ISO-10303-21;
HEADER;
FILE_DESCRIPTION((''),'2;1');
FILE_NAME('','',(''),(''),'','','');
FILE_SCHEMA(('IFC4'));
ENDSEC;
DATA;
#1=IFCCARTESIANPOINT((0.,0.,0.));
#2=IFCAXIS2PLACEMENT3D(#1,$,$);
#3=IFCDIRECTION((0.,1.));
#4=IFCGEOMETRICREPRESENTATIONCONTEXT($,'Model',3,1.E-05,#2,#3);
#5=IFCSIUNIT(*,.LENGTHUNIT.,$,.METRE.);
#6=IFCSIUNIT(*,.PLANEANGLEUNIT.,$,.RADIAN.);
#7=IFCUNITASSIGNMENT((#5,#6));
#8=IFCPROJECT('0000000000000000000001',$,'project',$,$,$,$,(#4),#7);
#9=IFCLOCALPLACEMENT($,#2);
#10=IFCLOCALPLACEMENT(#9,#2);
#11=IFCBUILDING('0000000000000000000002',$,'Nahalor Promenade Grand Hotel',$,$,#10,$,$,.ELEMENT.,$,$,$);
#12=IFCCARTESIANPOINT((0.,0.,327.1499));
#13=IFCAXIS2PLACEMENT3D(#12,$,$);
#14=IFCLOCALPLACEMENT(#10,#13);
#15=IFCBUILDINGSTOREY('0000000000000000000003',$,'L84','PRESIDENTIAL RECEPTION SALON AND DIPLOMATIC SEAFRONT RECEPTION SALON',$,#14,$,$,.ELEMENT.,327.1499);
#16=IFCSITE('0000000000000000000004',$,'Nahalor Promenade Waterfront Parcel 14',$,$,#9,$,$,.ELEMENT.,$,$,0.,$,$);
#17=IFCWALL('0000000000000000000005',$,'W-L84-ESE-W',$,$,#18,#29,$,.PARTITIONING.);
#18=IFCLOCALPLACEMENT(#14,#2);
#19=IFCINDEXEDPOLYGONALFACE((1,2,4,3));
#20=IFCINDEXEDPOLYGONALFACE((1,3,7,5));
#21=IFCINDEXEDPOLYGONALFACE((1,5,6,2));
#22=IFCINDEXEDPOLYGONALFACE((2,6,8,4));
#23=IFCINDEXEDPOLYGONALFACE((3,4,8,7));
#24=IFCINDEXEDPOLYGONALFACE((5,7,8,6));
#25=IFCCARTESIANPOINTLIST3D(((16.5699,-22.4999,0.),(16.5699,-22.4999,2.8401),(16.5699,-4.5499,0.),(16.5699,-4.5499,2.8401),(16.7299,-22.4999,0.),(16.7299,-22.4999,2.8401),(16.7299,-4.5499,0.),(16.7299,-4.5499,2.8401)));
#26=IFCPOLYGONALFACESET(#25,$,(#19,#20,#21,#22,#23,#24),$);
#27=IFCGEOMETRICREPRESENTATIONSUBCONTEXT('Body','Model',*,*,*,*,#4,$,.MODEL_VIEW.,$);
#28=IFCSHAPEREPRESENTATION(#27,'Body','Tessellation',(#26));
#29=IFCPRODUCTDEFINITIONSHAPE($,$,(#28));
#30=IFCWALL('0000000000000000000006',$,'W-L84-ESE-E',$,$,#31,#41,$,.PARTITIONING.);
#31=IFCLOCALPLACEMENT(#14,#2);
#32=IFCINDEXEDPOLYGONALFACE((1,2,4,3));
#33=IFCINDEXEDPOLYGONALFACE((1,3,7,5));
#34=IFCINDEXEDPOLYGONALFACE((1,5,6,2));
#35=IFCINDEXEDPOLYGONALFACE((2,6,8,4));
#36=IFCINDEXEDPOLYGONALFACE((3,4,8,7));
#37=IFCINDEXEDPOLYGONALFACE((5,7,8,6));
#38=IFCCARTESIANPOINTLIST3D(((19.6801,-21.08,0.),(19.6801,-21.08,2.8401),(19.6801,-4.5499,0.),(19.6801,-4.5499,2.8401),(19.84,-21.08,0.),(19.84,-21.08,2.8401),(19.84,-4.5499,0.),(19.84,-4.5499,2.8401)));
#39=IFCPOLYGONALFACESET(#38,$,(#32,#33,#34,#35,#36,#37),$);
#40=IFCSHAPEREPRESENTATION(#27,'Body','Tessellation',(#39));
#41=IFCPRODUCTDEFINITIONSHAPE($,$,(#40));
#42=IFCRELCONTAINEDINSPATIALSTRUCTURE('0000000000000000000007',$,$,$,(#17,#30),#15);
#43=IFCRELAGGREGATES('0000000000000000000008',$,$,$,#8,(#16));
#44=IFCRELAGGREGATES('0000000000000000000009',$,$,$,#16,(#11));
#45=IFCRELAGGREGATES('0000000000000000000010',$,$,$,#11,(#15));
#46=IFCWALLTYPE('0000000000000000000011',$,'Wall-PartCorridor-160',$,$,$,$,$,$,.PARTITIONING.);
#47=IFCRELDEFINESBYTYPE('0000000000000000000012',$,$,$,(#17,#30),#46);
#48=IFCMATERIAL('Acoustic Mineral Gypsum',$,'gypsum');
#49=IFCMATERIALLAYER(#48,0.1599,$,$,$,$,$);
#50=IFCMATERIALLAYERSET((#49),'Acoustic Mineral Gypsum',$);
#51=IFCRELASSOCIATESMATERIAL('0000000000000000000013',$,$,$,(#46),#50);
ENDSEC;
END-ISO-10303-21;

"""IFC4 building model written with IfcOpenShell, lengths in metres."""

from ifc_helpers import new_model, si_unit, direction, frame, frame_2d, origin, place, context, subcontext, project, spatial, rectangle, extrude, source, transform, mapped, material, layer, layer_set, type_object, element, save


model = new_model("IFC4")

# Units and contexts
model_context = context("Model", 3, precision=1e-05, world=origin(), true_north=direction((0.0, 1.0)))
body_context = subcontext(model_context, "Body", "Model", "MODEL_VIEW")
ifc_project = project(units=[si_unit("LENGTHUNIT", "METRE"), si_unit("PLANEANGLEUNIT", "RADIAN")], contexts=[model_context])

# Site, building, storey
site_placement = place(None, origin())
site = spatial("IfcSite", under=ifc_project, at=site_placement, Name="Nahalor Promenade Waterfront Parcel 14", CompositionType="ELEMENT", RefElevation=0.0)
building_placement = place(site_placement, origin())
building = spatial("IfcBuilding", under=site, at=building_placement, Name="Nahalor Promenade Grand Hotel", CompositionType="ELEMENT")
storey_placement = place(building_placement, frame((0.0, 0.0, 327.1499)))
storey = spatial("IfcBuildingStorey", under=building, at=storey_placement, Name="L84", Description="PRESIDENTIAL RECEPTION SALON AND DIPLOMATIC SEAFRONT RECEPTION SALON", CompositionType="ELEMENT", Elevation=327.1499)

# Walls
ifc_material_1 = material(Name="Acoustic Mineral Gypsum", Category="gypsum")
ifc_layer_1 = layer(ifc_material_1, 0.1599)
ifc_layer_set_1 = layer_set([ifc_layer_1], Name="Acoustic Mineral Gypsum")
wall_type_1 = type_object("IfcWallType", Name="Wall-PartCorridor-160", PredefinedType="PARTITIONING", material=ifc_layer_set_1)
shared_shape_1 = source(origin(), body_context, "Body", "SweptSolid", [
    extrude(rectangle(XDim=17.95, YDim=0.1599, at=frame_2d((8.9751, 0.0))), origin(), (0.0, 0.0, 1.0), 2.8401),
])
wall_1_placement = place(storey_placement, frame((16.6499, -22.5, 0.0), z_axis=(0.0, 0.0, 1.0), x_axis=(0.0, 1.0, 0.0)))
element("IfcWall", 1, at=wall_1_placement, inside=storey, type_object=wall_type_1, Name="W-L84-ESE-W", PredefinedType="PARTITIONING", context=body_context, shape_type="MappedRepresentation", body=[
    mapped(shared_shape_1, transform((0.0, 0.0, 0.0), scale=1.0)),
])
shared_shape_2 = source(origin(), body_context, "Body", "SweptSolid", [
    extrude(rectangle(XDim=16.53, YDim=0.1599, at=frame_2d((8.2651, 0.0))), origin(), (0.0, 0.0, 1.0), 2.8401),
])
wall_2_placement = place(storey_placement, frame((19.76, -21.0801, 0.0), z_axis=(0.0, 0.0, 1.0), x_axis=(0.0, 1.0, 0.0)))
element("IfcWall", 2, at=wall_2_placement, inside=storey, type_object=wall_type_1, Name="W-L84-ESE-E", PredefinedType="PARTITIONING", context=body_context, shape_type="MappedRepresentation", body=[
    mapped(shared_shape_2, transform((0.0, 0.0, 0.0), scale=1.0)),
])

save(model, "model.ifc")
